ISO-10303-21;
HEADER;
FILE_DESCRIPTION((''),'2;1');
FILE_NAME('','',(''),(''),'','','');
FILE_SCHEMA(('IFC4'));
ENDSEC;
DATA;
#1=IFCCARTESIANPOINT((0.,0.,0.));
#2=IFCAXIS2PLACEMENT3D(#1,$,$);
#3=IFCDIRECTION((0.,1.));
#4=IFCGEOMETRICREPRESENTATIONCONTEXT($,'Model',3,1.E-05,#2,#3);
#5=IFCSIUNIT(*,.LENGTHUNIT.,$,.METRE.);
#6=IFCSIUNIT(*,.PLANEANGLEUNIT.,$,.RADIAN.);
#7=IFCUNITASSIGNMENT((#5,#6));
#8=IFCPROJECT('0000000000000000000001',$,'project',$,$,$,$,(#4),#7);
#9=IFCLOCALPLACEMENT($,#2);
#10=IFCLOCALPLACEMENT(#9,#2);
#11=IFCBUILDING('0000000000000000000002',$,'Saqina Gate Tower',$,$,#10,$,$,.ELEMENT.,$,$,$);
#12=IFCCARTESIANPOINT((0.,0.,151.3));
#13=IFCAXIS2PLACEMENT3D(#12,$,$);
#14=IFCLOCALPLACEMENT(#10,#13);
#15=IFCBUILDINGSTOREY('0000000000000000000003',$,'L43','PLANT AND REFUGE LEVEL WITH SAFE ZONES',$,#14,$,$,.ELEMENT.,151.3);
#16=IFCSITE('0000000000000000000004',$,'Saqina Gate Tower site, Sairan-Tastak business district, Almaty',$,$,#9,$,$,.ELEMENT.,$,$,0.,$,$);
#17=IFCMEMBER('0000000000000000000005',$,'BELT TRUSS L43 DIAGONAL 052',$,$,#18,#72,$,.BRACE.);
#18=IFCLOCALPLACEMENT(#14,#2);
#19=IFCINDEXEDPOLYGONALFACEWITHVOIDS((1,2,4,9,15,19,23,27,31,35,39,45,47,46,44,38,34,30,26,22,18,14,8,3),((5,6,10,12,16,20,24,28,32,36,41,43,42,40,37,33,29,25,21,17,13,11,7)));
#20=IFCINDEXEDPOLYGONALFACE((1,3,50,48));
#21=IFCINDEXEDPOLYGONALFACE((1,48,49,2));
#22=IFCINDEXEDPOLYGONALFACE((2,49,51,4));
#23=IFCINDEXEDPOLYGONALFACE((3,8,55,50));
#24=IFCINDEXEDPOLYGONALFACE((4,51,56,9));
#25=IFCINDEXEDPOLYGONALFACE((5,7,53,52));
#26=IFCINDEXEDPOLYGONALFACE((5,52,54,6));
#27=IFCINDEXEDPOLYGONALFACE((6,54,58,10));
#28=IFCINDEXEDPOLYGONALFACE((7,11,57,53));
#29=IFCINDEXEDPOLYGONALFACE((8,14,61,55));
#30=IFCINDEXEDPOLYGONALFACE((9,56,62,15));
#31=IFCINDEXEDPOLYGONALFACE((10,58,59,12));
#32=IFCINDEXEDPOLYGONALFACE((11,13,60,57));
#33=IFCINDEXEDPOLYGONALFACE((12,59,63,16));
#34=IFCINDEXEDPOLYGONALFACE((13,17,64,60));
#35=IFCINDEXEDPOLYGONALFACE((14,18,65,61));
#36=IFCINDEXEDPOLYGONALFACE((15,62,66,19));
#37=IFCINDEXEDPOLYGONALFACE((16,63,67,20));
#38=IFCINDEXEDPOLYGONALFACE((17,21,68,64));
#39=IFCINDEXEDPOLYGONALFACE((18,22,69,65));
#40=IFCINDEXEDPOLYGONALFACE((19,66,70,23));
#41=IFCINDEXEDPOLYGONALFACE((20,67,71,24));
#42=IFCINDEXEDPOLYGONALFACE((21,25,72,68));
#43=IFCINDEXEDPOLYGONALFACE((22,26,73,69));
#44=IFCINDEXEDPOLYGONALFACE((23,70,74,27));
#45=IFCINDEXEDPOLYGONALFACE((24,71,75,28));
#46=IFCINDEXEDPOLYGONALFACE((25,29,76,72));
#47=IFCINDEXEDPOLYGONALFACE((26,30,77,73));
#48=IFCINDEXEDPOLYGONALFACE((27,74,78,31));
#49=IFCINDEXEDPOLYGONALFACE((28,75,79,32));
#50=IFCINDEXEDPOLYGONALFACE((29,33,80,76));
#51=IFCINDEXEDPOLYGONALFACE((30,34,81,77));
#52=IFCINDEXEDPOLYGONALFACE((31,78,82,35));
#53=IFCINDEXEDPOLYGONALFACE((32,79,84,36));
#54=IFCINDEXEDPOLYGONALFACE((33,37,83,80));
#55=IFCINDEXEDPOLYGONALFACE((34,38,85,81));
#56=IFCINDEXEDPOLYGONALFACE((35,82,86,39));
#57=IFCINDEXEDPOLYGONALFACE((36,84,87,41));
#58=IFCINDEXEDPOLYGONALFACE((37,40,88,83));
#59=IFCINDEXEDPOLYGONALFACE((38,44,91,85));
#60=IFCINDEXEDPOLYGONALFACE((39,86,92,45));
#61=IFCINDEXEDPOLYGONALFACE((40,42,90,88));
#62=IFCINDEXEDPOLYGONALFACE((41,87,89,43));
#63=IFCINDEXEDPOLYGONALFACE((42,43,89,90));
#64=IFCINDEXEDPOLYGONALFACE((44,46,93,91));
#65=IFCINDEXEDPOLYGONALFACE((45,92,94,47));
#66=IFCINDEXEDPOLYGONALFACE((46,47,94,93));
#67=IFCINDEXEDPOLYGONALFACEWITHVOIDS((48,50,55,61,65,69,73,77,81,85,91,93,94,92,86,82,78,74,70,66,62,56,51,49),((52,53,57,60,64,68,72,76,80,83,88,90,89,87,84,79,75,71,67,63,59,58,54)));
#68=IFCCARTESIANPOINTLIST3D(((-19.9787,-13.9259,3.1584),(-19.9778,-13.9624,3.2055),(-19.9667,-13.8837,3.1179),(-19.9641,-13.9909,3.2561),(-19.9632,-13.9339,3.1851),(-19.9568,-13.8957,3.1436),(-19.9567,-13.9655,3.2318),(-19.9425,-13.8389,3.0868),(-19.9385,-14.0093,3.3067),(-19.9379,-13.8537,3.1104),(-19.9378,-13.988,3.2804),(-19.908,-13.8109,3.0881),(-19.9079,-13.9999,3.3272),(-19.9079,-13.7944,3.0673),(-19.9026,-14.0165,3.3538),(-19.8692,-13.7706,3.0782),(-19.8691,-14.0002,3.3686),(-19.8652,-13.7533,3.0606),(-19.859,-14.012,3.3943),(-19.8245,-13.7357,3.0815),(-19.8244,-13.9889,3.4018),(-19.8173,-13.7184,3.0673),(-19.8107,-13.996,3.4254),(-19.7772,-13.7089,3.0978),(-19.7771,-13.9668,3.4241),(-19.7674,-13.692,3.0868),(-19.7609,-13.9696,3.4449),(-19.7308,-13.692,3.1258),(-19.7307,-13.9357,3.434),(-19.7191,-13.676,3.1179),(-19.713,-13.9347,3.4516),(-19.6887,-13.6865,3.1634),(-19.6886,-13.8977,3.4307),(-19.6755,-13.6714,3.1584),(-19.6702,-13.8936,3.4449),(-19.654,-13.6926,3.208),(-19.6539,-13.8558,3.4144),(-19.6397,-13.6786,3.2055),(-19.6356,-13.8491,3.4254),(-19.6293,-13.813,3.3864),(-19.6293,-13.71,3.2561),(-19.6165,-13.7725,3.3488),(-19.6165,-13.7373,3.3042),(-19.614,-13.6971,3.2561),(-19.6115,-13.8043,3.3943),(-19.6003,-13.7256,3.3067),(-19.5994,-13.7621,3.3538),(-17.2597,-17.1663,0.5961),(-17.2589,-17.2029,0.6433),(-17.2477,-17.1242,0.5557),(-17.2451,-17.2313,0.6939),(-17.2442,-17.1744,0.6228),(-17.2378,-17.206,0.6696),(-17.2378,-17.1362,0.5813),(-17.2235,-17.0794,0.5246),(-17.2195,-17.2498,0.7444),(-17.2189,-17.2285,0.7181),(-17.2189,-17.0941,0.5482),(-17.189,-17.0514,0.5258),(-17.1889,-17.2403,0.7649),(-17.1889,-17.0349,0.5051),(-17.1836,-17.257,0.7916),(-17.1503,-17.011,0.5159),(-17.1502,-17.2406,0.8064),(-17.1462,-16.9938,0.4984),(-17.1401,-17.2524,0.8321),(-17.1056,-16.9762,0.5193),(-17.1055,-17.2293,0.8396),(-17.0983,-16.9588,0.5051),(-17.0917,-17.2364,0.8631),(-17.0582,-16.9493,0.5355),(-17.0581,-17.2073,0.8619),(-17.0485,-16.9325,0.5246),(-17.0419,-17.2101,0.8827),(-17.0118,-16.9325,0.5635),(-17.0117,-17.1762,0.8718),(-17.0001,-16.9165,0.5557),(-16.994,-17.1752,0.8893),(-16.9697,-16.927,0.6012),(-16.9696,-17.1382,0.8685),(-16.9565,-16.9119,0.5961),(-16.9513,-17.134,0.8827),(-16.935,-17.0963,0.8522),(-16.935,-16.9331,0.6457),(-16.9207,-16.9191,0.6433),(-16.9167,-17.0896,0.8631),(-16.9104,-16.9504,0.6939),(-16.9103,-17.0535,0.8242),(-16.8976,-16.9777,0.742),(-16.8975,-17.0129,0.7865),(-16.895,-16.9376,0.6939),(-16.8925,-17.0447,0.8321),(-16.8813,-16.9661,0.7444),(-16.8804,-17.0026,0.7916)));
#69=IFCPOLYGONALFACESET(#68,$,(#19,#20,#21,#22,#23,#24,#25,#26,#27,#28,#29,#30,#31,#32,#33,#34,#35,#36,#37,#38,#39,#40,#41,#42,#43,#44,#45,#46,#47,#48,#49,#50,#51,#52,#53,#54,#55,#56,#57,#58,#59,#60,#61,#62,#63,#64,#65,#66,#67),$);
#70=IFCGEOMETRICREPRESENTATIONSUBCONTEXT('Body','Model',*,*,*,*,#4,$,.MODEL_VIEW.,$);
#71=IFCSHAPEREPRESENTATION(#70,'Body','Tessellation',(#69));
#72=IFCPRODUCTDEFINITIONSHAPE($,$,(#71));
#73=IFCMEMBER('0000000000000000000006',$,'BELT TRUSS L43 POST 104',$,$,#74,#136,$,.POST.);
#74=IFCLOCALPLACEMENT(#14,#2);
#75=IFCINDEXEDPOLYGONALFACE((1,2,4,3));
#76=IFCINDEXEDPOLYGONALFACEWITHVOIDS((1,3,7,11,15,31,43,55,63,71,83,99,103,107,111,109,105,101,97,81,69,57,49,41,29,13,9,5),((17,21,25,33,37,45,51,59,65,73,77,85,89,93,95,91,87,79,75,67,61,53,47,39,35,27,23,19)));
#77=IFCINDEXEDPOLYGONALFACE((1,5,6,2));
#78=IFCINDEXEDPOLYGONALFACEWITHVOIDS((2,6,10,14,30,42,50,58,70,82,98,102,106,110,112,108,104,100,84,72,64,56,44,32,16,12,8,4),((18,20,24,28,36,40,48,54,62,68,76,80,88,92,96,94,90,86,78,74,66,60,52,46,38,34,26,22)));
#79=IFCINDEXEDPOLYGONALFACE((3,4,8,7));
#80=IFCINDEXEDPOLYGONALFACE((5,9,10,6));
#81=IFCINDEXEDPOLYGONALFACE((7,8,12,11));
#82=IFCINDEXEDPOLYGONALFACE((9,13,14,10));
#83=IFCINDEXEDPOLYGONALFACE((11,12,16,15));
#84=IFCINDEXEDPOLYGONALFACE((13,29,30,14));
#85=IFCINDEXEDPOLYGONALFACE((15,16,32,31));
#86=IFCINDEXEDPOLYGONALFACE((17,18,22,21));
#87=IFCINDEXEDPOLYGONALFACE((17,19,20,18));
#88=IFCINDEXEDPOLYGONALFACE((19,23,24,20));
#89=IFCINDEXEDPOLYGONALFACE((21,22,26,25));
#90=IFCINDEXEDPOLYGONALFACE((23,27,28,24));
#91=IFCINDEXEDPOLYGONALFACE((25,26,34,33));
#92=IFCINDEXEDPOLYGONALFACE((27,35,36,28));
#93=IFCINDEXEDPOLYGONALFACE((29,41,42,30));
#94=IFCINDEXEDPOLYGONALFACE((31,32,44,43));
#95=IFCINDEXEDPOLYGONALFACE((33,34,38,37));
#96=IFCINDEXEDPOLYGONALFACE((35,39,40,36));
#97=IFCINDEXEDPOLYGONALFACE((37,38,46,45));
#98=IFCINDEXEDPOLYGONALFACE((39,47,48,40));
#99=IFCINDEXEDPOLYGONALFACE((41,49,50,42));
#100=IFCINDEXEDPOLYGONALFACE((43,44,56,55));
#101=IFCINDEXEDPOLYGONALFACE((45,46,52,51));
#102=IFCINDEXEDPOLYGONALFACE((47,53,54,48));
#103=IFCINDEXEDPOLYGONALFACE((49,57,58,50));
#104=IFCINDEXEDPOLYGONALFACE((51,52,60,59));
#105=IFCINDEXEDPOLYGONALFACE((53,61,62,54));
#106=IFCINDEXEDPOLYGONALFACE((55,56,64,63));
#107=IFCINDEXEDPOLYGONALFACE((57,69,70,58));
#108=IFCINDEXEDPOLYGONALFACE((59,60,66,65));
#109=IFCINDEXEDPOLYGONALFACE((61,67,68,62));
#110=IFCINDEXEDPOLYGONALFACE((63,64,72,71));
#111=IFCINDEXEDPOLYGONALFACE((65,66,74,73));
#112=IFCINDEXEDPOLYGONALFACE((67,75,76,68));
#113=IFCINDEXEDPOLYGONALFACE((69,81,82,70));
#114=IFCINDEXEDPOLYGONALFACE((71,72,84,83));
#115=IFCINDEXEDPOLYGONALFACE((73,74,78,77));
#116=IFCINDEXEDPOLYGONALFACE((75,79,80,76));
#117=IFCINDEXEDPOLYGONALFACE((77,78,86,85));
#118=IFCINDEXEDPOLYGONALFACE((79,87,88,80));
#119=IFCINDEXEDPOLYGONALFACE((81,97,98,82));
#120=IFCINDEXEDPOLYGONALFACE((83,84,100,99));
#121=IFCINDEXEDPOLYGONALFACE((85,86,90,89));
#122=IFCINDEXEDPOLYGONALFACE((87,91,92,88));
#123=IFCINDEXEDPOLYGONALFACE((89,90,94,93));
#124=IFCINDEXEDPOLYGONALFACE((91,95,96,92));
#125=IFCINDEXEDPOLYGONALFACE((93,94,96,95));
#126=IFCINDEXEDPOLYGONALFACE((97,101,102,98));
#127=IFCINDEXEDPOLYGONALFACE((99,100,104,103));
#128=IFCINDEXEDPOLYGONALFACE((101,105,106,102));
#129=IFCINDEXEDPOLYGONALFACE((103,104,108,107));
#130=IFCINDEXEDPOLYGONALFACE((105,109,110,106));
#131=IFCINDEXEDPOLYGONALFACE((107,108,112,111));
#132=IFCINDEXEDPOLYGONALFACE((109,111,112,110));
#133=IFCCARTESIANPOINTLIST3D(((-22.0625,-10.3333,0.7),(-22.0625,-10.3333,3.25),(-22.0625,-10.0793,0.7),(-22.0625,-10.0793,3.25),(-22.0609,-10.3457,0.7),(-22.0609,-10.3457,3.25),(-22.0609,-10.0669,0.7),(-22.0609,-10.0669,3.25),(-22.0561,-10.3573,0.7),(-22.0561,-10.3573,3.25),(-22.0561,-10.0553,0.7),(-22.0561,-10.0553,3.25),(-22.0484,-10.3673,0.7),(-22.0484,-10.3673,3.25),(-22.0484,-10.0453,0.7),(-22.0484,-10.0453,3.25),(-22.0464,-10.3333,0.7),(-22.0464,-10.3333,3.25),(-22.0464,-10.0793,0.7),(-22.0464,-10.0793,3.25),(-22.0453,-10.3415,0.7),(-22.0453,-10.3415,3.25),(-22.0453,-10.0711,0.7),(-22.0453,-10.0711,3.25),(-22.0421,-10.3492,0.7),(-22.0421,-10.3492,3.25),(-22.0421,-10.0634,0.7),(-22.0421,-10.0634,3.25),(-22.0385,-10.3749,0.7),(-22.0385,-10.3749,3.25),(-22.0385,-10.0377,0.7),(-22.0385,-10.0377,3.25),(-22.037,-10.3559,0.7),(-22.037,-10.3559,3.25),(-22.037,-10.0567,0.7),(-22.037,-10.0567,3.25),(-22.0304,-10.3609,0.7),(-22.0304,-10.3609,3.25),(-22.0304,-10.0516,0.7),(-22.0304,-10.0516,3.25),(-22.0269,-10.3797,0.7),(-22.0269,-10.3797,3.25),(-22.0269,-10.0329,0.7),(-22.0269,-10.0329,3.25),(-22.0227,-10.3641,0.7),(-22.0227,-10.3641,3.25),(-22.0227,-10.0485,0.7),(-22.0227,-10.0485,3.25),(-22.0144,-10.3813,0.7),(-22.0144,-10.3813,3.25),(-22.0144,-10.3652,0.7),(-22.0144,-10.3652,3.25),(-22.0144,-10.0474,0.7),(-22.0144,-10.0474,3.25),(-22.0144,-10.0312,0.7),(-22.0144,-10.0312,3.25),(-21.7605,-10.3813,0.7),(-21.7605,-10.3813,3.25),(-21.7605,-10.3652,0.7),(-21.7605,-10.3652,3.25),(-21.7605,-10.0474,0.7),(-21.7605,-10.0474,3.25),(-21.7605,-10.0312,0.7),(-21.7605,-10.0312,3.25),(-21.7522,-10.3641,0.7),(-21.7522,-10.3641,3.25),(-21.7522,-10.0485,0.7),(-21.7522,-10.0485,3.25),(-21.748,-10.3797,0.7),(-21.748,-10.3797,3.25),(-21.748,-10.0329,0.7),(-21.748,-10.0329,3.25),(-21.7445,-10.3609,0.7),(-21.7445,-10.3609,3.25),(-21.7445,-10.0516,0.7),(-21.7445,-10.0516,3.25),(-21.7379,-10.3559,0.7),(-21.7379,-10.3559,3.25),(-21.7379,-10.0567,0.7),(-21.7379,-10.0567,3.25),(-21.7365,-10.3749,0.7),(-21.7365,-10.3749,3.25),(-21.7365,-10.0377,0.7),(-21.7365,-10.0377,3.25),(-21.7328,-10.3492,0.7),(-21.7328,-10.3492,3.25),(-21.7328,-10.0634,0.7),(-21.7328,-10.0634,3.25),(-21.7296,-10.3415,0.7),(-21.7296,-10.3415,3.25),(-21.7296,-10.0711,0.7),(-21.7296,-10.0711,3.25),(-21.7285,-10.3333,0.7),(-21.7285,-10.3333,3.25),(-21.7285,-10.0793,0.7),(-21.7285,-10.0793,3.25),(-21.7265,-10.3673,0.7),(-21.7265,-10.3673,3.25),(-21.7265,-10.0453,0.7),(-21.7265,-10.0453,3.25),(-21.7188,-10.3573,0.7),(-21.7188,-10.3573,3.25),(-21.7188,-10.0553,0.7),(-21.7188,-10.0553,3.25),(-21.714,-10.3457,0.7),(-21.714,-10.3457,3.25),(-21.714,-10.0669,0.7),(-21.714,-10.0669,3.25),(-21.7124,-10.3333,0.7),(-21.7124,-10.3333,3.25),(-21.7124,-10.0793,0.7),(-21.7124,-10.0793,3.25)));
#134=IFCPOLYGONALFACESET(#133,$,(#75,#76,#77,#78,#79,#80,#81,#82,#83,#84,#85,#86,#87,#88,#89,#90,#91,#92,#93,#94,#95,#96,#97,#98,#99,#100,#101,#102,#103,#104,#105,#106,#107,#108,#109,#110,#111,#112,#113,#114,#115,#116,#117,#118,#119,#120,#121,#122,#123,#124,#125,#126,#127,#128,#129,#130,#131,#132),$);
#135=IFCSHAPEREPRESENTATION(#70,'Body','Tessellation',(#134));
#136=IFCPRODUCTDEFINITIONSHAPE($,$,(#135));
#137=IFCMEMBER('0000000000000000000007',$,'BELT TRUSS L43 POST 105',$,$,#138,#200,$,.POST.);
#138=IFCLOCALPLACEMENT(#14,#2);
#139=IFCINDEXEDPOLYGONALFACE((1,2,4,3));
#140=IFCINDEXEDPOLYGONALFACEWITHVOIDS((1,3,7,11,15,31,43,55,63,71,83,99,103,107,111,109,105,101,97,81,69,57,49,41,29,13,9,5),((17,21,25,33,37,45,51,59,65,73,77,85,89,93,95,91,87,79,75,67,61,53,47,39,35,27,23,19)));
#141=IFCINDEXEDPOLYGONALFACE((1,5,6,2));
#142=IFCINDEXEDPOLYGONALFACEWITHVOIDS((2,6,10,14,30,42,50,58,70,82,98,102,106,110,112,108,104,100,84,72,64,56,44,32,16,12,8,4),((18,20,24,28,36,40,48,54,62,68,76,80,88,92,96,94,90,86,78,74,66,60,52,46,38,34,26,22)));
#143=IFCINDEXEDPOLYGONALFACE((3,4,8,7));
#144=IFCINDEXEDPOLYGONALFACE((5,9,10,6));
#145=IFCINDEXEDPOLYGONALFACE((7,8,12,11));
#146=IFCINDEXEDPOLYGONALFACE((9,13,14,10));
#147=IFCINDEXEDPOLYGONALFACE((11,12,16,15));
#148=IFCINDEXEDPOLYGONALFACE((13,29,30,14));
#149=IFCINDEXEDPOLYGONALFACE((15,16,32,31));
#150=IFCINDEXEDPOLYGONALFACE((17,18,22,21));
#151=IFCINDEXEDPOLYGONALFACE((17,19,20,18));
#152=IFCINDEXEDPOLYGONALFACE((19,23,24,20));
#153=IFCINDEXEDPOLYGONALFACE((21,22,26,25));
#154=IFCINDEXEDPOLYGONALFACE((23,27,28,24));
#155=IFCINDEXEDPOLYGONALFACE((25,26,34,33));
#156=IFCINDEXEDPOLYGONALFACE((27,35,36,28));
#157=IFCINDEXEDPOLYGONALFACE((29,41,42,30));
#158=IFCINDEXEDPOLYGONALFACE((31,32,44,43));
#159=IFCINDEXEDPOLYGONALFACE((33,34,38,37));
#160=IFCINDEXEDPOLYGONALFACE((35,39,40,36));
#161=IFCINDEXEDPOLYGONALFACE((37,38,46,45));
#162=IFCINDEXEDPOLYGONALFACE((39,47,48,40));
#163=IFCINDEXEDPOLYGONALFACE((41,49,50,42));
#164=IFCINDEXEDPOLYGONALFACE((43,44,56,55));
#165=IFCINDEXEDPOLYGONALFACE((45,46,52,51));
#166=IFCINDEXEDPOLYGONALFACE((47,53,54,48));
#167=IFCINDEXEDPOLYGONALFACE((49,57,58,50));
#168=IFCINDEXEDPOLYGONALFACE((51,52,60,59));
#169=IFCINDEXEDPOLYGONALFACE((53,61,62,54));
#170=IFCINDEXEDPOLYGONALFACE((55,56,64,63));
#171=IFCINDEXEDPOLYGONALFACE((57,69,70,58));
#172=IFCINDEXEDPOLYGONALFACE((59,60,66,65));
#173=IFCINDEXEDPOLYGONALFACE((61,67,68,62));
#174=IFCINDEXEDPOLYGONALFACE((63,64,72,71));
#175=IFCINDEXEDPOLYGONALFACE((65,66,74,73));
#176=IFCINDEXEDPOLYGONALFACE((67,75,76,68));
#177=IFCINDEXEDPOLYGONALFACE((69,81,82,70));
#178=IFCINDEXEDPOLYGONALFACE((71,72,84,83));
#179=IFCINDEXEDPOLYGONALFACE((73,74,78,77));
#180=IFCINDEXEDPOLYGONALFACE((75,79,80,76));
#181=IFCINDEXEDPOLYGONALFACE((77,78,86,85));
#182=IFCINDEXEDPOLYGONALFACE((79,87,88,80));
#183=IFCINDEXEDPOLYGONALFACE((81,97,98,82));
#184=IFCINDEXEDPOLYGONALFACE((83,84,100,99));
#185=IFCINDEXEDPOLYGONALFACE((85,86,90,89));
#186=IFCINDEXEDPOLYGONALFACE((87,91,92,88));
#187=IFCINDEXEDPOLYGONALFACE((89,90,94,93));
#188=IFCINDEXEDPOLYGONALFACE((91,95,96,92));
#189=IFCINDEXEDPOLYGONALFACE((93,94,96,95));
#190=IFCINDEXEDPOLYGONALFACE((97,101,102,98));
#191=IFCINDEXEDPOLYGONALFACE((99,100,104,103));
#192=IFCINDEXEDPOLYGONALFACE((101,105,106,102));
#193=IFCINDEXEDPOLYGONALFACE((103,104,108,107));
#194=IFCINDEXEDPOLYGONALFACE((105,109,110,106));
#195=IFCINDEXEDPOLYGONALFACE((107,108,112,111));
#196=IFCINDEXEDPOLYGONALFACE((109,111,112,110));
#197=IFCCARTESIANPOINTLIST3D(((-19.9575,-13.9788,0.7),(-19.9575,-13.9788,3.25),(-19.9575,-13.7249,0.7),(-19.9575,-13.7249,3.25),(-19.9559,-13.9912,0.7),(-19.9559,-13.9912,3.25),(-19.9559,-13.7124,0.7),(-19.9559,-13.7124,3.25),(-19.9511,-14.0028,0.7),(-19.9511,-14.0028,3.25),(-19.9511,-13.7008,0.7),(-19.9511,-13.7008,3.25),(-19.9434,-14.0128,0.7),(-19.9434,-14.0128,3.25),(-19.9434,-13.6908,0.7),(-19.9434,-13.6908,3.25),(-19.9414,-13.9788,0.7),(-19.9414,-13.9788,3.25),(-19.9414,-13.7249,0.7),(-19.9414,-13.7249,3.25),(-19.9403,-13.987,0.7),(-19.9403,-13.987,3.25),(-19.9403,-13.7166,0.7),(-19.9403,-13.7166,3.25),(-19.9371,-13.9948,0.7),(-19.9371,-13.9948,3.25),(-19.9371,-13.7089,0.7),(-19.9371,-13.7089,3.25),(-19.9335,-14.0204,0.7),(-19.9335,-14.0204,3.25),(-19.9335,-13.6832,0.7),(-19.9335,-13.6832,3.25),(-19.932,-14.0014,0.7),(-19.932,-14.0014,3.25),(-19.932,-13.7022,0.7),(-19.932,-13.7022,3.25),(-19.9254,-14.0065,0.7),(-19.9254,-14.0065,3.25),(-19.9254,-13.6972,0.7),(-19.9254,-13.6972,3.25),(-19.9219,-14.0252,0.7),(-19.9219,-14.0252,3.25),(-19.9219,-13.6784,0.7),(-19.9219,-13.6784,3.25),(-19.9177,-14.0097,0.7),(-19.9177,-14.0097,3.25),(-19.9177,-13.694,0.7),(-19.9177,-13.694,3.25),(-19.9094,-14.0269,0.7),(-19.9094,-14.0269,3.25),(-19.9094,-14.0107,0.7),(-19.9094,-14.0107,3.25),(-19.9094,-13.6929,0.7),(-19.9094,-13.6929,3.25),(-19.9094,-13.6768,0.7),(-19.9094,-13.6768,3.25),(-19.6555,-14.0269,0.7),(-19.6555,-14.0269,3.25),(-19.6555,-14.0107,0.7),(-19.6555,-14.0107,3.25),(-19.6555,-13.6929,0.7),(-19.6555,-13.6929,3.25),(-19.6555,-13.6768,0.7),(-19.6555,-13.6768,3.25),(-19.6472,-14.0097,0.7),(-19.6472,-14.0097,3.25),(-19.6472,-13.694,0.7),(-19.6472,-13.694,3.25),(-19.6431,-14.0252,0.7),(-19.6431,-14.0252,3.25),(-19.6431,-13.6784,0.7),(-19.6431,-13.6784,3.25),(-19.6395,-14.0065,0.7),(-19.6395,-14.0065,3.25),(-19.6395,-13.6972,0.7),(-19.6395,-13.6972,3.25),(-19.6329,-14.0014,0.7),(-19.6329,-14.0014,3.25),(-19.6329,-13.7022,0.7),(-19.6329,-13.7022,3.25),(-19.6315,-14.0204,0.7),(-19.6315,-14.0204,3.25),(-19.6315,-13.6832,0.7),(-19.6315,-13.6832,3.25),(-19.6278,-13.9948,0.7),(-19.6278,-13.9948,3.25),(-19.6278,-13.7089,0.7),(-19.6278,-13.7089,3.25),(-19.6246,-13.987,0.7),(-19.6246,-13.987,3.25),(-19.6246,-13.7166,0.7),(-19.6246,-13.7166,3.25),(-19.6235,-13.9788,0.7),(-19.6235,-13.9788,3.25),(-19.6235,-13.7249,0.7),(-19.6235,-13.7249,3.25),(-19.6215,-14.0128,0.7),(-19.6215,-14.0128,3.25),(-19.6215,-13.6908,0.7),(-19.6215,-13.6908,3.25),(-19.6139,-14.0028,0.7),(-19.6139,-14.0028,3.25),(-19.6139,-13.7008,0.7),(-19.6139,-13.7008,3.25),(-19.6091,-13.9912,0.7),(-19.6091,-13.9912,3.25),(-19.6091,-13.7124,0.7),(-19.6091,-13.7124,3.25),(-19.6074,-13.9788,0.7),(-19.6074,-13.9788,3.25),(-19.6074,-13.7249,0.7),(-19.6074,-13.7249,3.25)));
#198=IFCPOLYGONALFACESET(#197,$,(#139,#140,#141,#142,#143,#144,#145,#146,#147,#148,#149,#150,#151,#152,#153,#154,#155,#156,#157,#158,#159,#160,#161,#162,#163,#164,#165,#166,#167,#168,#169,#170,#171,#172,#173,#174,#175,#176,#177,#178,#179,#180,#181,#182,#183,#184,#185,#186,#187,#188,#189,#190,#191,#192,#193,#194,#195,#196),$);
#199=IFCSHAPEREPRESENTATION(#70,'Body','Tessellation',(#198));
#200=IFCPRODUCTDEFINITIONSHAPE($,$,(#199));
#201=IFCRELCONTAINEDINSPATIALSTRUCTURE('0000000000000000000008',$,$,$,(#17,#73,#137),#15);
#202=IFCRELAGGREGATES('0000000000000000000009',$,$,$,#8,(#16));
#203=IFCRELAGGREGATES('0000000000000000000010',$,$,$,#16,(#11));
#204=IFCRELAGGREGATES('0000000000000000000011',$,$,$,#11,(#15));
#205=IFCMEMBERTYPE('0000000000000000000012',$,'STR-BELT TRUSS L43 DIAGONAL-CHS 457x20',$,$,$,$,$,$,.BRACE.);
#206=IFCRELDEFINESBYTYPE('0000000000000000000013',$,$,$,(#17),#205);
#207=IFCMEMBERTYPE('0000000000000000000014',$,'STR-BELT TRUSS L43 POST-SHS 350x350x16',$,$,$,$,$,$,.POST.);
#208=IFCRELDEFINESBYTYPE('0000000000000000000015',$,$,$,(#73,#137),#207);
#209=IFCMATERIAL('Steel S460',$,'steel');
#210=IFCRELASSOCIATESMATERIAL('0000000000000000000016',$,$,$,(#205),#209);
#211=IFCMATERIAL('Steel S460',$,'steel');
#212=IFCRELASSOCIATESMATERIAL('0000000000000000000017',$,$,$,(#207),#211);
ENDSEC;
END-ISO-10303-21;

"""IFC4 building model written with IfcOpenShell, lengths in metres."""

from ifc_helpers import new_model, si_unit, direction, frame, origin, origin_2d, place, context, subcontext, project, spatial, hollow_rectangle, hollow_circle, extrude, material, material_profile, profile_set, type_object, element, save


model = new_model("IFC4")

# Units and contexts
model_context = context("Model", 3, precision=1e-05, world=origin(), true_north=direction((0.0, 1.0)))
body_context = subcontext(model_context, "Body", "Model", "MODEL_VIEW")
ifc_project = project(units=[si_unit("LENGTHUNIT", "METRE"), si_unit("PLANEANGLEUNIT", "RADIAN")], contexts=[model_context])

# Site, building, storey
site_placement = place(None, origin())
site = spatial("IfcSite", under=ifc_project, at=site_placement, Name="Saqina Gate Tower site, Sairan-Tastak business district, Almaty", CompositionType="ELEMENT", RefElevation=0.0)
building_placement = place(site_placement, origin())
building = spatial("IfcBuilding", under=site, at=building_placement, Name="Saqina Gate Tower", CompositionType="ELEMENT")
storey_placement = place(building_placement, frame((0.0, 0.0, 151.3)))
storey = spatial("IfcBuildingStorey", under=building, at=storey_placement, Name="L43", Description="PLANT AND REFUGE LEVEL WITH SAFE ZONES", CompositionType="ELEMENT", Elevation=151.3)

# Members
ifc_material_1 = material(Name="Steel S460", Category="steel")
ifc_material_profile_1 = material_profile(ifc_material_1, hollow_circle(Radius=0.2285, WallThickness=0.02, at=origin_2d()), Name="CHS 457x20")
ifc_profile_set_1 = profile_set([ifc_material_profile_1], Name="Steel S460")
member_type_1 = type_object("IfcMemberType", Name="STR-BELT TRUSS L43 DIAGONAL-CHS 457x20", PredefinedType="BRACE", material=ifc_profile_set_1)
member_1_placement = place(storey_placement, frame((-19.7891, -13.844, 3.2561), z_axis=(0.549782, -0.655227, -0.51809), x_axis=(0.766055, 0.642775, 0.0)))
element("IfcMember", 1, at=member_1_placement, inside=storey, type_object=member_type_1, Name="BELT TRUSS L43 DIAGONAL 052", PredefinedType="BRACE", context=body_context, shape_type="SweptSolid", body=[
    extrude(hollow_circle(Radius=0.2285, WallThickness=0.02, at=origin_2d()), origin(), (0.0, 0.0, 1.0), 4.9456),
])
ifc_material_2 = material(Name="Steel S460", Category="steel")
ifc_material_profile_2 = material_profile(ifc_material_2, hollow_rectangle(XDim=0.3501, YDim=0.3501, WallThickness=0.0161, InnerFilletRadius=0.032, OuterFilletRadius=0.0481, at=origin_2d()), Name="SHS 350x350x16")
ifc_profile_set_2 = profile_set([ifc_material_profile_2], Name="Steel S460")
member_type_2 = type_object("IfcMemberType", Name="STR-BELT TRUSS L43 POST-SHS 350x350x16", PredefinedType="POST", material=ifc_profile_set_2)
for number, where, z_axis, x_axis, name in (
    (2, (-21.8875, -10.2063, 0.7), (0.0, 0.0, 1.0), (1.0, 0.0, 0.0), "BELT TRUSS L43 POST 104"),
    (3, (-19.7825, -13.8518, 0.7), (0.0, 0.0, 1.0), (1.0, 0.0, 0.0), "BELT TRUSS L43 POST 105"),
):
    element("IfcMember", number, at=place(storey_placement, frame(where, z_axis=z_axis, x_axis=x_axis)), inside=storey, type_object=member_type_2, Name=name, PredefinedType="POST", context=body_context, shape_type="SweptSolid", body=[
        extrude(hollow_rectangle(XDim=0.3501, YDim=0.3501, WallThickness=0.0161, InnerFilletRadius=0.032, OuterFilletRadius=0.0481, at=origin_2d()), origin(), (0.0, 0.0, 1.0), 2.55),
    ])

save(model, "model.ifc")
